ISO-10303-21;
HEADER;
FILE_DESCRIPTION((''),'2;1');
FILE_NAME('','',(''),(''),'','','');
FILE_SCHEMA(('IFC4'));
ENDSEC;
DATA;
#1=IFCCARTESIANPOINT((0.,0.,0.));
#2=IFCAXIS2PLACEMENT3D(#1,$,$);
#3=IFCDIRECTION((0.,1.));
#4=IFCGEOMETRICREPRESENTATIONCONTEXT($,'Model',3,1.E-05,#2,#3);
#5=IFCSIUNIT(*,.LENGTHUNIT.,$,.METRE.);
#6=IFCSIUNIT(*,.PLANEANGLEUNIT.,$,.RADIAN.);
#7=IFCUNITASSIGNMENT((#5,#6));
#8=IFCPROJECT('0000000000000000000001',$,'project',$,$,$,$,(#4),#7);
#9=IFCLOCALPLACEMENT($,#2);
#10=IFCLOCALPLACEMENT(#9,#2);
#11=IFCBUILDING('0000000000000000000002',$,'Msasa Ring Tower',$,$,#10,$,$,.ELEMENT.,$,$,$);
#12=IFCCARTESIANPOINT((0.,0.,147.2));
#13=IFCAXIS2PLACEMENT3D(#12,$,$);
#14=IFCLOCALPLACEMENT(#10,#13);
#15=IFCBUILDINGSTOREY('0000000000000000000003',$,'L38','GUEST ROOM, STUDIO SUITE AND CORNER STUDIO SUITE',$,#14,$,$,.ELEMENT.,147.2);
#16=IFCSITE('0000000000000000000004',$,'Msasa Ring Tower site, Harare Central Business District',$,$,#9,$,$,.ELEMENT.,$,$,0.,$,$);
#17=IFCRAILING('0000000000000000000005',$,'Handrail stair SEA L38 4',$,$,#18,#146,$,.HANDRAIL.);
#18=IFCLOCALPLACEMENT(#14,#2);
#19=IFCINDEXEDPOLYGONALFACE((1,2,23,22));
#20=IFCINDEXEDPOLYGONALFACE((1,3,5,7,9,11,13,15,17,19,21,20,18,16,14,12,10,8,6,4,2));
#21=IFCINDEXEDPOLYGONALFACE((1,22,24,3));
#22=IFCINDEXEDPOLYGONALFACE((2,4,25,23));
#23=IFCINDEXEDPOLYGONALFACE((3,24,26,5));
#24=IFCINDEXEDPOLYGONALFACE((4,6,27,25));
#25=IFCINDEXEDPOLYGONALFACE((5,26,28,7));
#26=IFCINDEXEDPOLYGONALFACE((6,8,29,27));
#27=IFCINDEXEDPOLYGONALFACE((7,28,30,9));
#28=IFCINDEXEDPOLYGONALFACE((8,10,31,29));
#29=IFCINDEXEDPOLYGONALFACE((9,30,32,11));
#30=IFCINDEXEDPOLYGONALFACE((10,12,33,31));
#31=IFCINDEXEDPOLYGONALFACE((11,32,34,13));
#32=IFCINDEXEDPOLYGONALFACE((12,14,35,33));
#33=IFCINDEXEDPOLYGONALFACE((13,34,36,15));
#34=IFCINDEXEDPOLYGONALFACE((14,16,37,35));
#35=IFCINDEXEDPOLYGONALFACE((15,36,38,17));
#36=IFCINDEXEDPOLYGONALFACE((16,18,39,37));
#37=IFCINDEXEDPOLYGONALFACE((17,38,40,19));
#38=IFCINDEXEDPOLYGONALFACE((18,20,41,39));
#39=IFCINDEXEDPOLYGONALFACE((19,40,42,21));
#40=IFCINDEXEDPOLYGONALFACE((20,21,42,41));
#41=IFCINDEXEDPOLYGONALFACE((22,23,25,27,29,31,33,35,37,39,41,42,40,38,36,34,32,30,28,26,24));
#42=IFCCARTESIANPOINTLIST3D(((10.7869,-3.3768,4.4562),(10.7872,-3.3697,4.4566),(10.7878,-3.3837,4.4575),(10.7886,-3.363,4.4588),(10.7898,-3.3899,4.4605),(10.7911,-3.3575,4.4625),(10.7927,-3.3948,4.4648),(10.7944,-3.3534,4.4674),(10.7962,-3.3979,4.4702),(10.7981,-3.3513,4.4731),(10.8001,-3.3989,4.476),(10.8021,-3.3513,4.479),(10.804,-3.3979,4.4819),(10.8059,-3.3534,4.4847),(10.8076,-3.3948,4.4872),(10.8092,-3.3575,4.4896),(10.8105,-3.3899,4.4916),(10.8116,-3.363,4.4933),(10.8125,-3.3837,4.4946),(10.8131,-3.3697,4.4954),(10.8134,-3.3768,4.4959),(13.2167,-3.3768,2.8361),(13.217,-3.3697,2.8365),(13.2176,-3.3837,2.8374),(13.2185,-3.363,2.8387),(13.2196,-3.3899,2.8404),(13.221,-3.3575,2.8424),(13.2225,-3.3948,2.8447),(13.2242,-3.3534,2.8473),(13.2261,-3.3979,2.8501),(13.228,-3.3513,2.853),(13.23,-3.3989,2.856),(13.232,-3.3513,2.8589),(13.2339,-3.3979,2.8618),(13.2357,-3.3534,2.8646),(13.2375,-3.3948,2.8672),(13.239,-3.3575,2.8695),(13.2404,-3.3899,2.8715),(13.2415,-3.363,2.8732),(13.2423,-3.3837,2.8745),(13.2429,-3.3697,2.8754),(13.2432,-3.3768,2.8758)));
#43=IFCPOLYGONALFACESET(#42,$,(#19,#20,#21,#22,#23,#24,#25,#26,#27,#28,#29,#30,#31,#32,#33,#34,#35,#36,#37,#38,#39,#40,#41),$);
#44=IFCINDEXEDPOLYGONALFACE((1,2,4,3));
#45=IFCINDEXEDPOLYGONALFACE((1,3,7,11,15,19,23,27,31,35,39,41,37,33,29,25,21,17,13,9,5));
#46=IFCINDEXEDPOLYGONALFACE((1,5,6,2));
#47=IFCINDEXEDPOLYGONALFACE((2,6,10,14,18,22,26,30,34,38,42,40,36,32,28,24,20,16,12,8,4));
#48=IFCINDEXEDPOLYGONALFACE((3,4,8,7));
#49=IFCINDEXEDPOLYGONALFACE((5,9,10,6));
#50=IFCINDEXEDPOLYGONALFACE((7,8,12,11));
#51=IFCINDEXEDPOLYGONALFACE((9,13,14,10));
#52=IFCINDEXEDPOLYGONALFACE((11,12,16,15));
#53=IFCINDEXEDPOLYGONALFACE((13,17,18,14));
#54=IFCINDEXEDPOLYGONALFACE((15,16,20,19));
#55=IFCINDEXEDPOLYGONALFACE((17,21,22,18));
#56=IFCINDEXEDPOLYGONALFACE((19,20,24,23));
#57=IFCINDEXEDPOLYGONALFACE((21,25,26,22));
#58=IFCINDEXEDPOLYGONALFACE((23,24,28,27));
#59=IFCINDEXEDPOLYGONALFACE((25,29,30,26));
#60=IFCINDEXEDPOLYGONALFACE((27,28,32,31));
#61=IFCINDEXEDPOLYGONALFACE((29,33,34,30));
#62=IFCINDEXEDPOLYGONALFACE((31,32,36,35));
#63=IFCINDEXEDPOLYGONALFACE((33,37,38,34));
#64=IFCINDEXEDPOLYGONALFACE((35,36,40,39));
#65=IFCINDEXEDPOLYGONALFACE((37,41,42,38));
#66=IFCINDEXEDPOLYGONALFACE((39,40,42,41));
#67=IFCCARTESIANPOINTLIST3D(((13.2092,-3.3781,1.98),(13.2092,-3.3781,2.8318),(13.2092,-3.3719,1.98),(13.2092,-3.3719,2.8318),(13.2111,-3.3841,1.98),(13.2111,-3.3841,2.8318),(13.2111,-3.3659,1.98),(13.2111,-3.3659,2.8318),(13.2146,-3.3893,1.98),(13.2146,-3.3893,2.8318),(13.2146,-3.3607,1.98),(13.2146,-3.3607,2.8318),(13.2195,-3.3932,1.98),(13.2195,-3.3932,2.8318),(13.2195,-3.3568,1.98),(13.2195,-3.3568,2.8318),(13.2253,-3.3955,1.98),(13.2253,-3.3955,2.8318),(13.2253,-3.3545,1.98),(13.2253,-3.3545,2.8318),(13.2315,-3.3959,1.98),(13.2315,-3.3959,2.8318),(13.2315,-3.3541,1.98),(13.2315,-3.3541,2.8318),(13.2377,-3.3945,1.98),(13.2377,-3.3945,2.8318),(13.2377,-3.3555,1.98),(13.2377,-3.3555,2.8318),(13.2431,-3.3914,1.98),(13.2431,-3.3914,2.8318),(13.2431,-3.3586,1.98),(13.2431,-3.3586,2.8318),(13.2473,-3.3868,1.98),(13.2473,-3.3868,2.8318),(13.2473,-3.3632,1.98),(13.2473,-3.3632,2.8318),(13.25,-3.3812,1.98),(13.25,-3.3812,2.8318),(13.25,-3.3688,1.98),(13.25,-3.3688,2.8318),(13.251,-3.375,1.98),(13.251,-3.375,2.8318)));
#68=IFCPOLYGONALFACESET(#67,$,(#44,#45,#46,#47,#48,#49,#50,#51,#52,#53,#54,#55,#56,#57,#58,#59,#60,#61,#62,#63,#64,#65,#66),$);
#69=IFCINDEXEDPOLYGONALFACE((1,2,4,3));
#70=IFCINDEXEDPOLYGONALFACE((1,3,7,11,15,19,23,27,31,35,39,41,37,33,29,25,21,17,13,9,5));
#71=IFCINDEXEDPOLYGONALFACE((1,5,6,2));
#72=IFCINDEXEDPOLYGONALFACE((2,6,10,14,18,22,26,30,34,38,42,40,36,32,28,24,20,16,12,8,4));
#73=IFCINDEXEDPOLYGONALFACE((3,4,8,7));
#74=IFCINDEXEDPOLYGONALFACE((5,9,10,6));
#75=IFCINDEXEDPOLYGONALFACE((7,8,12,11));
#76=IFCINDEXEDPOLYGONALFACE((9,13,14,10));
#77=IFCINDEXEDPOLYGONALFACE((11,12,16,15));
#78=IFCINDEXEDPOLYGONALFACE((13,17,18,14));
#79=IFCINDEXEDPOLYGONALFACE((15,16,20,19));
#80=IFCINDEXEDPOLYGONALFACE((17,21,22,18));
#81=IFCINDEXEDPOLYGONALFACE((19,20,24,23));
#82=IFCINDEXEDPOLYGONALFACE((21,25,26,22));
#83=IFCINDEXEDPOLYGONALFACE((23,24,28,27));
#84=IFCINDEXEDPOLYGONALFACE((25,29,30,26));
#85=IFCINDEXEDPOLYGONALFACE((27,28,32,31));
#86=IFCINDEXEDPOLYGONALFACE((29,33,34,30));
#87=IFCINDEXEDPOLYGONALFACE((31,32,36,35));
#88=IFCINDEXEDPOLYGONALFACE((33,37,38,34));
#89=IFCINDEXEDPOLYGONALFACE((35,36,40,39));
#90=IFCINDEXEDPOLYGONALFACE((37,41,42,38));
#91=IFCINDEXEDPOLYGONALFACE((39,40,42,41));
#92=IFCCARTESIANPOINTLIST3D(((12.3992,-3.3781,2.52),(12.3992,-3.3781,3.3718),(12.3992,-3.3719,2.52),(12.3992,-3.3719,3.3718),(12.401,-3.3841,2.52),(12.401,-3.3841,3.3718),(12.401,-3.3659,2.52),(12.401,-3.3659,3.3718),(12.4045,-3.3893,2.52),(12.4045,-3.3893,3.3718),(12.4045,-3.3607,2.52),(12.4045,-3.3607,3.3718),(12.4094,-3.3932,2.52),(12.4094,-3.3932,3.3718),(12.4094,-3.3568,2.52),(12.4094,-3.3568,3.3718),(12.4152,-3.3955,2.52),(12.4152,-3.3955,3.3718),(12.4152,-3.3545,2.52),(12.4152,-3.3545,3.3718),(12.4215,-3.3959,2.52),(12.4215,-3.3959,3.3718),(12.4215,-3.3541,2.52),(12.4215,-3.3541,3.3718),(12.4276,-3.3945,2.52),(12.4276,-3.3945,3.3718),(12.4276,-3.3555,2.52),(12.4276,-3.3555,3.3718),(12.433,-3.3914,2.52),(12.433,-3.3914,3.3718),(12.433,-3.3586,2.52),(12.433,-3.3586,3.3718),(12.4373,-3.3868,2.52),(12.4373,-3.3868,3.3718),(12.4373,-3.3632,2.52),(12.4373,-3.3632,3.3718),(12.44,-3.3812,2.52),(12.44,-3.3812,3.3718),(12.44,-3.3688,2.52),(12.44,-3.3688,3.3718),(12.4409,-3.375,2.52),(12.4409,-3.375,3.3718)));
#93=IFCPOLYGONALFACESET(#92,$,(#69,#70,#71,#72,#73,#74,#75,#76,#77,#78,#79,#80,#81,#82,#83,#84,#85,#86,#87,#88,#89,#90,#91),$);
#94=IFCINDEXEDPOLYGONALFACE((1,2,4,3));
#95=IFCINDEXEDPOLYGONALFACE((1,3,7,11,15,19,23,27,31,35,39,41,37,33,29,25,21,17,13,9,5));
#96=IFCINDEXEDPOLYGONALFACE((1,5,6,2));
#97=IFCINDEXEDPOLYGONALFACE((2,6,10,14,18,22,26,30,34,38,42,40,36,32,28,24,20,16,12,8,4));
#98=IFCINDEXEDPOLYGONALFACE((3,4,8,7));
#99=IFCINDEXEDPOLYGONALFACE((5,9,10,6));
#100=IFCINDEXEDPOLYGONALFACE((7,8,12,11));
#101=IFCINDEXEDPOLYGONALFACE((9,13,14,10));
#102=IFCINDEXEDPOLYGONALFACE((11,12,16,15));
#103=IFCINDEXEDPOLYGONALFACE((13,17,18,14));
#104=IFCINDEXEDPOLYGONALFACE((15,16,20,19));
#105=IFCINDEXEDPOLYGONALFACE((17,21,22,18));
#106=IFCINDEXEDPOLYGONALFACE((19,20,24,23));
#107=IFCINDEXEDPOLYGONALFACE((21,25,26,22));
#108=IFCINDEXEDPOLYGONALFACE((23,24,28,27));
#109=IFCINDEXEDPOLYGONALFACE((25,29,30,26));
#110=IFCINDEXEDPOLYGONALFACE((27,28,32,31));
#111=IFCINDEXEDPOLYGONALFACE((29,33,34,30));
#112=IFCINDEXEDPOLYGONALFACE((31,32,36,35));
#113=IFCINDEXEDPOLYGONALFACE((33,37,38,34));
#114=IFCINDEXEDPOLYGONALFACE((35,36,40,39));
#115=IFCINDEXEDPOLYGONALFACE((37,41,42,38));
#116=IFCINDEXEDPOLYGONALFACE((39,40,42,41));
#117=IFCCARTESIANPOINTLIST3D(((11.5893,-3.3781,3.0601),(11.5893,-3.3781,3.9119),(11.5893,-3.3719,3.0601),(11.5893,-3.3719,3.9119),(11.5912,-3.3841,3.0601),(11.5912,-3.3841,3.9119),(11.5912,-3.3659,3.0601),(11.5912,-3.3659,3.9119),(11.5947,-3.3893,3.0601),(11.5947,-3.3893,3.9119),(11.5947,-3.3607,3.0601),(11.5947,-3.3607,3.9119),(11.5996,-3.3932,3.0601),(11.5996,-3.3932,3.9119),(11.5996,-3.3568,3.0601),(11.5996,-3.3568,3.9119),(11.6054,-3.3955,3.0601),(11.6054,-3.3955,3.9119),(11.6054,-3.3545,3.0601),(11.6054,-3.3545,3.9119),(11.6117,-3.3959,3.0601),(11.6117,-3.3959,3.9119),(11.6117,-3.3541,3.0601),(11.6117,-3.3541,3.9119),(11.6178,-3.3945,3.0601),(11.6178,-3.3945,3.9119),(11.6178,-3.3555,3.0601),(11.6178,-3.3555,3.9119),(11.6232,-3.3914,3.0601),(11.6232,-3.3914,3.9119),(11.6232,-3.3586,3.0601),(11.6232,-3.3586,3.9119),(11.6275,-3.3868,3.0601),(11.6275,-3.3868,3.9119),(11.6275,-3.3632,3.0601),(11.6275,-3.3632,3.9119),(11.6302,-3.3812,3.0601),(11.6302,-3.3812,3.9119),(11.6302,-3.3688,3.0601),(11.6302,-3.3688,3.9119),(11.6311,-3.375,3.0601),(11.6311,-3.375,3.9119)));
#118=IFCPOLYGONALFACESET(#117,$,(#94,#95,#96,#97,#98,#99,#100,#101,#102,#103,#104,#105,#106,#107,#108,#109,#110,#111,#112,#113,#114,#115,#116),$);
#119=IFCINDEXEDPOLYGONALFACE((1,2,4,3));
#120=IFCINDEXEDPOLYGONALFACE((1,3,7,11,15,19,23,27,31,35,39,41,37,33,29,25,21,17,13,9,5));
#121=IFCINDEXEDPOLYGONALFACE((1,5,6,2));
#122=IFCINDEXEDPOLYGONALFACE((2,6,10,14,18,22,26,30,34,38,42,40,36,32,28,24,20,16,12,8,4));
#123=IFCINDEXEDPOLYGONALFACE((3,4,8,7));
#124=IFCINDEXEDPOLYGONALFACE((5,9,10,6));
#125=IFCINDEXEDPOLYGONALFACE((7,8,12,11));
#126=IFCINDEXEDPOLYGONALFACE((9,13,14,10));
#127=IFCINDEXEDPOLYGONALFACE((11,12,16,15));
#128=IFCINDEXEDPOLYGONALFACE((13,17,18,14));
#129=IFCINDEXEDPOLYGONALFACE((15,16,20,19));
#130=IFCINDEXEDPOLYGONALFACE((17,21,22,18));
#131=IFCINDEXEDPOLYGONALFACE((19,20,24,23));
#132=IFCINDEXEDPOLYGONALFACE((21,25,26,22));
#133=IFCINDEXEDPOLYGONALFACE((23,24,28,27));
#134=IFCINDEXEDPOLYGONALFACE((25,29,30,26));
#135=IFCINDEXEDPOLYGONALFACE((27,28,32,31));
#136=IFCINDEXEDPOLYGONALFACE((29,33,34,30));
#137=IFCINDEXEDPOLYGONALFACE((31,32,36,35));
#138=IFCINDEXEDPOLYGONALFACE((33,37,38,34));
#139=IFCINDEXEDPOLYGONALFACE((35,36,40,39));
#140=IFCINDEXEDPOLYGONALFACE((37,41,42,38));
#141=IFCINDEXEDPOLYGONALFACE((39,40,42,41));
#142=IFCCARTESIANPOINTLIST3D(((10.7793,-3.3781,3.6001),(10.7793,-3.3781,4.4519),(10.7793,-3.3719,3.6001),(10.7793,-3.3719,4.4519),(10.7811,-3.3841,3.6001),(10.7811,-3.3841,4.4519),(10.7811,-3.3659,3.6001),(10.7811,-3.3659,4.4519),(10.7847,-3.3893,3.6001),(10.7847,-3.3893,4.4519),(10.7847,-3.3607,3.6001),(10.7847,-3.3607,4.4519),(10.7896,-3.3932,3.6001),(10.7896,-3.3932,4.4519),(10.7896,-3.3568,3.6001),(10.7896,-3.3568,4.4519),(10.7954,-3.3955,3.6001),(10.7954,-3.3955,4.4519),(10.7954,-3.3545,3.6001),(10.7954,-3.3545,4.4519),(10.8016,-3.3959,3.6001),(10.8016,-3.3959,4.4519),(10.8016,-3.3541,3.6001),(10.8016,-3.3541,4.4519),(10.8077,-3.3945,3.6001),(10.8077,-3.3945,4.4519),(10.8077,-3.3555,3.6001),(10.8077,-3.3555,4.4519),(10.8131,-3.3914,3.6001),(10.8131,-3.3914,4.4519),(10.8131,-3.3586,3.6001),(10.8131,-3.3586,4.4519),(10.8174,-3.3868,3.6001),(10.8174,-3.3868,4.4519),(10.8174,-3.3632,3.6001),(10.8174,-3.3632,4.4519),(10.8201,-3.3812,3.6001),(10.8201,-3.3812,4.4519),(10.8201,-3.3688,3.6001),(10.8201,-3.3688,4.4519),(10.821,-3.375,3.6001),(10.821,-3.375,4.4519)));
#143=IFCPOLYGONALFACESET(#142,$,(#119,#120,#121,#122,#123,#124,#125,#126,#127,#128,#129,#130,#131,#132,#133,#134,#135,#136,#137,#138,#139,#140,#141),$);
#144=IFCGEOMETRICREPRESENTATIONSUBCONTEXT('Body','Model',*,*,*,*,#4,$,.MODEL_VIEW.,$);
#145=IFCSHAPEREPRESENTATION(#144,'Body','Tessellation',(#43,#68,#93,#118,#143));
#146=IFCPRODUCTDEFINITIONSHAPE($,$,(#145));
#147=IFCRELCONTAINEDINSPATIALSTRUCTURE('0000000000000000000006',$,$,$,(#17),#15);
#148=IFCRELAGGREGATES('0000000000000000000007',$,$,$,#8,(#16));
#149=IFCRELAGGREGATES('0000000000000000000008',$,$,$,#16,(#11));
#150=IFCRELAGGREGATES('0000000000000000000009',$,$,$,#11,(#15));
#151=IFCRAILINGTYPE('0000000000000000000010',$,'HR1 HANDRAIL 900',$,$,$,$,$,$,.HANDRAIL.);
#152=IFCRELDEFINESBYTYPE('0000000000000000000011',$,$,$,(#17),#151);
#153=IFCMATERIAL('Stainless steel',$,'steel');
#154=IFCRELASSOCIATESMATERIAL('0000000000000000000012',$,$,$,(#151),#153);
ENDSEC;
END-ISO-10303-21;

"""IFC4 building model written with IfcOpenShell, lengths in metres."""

from ifc_helpers import new_model, si_unit, direction, frame, origin, origin_2d, place, context, subcontext, project, spatial, circle, extrude, material, type_object, element, save


model = new_model("IFC4")

# Units and contexts
model_context = context("Model", 3, precision=1e-05, world=origin(), true_north=direction((0.0, 1.0)))
body_context = subcontext(model_context, "Body", "Model", "MODEL_VIEW")
ifc_project = project(units=[si_unit("LENGTHUNIT", "METRE"), si_unit("PLANEANGLEUNIT", "RADIAN")], contexts=[model_context])

# Site, building, storey
site_placement = place(None, origin())
site = spatial("IfcSite", under=ifc_project, at=site_placement, Name="Msasa Ring Tower site, Harare Central Business District", CompositionType="ELEMENT", RefElevation=0.0)
building_placement = place(site_placement, origin())
building = spatial("IfcBuilding", under=site, at=building_placement, Name="Msasa Ring Tower", CompositionType="ELEMENT")
storey_placement = place(building_placement, frame((0.0, 0.0, 147.2)))
storey = spatial("IfcBuildingStorey", under=building, at=storey_placement, Name="L38", Description="GUEST ROOM, STUDIO SUITE AND CORNER STUDIO SUITE", CompositionType="ELEMENT", Elevation=147.2)

# Railing
ifc_material_1 = material(Name="Stainless steel", Category="steel")
railing_type = type_object("IfcRailingType", Name="HR1 HANDRAIL 900", PredefinedType="HANDRAIL", material=ifc_material_1)
for number, where, name in (
    (1, (13.23, -3.375, 1.98), "Handrail stair SEA L38 4"),
):
    element("IfcRailing", number, at=place(storey_placement, frame(where)), inside=storey, type_object=railing_type, Name=name, PredefinedType="HANDRAIL", context=body_context, shape_type="SweptSolid", body=[
        extrude(circle(Radius=0.0239, at=origin_2d()), frame((0.0, 0.0, 0.876), z_axis=(-0.832025, 0.0, 0.554739), x_axis=(0.0, -1.0, 0.0)), (0.0, 0.0, 1.0), 2.9204),
        extrude(circle(Radius=0.021, at=origin_2d()), origin(), (0.0, 0.0, 1.0), 0.8518),
        extrude(circle(Radius=0.021, at=origin_2d()), frame((-0.8101, 0.0, 0.54)), (0.0, 0.0, 1.0), 0.8518),
        extrude(circle(Radius=0.021, at=origin_2d()), frame((-1.6199, 0.0, 1.0801)), (0.0, 0.0, 1.0), 0.8518),
        extrude(circle(Radius=0.021, at=origin_2d()), frame((-2.4299, 0.0, 1.6201)), (0.0, 0.0, 1.0), 0.8518),
    ])

save(model, "model.ifc")
